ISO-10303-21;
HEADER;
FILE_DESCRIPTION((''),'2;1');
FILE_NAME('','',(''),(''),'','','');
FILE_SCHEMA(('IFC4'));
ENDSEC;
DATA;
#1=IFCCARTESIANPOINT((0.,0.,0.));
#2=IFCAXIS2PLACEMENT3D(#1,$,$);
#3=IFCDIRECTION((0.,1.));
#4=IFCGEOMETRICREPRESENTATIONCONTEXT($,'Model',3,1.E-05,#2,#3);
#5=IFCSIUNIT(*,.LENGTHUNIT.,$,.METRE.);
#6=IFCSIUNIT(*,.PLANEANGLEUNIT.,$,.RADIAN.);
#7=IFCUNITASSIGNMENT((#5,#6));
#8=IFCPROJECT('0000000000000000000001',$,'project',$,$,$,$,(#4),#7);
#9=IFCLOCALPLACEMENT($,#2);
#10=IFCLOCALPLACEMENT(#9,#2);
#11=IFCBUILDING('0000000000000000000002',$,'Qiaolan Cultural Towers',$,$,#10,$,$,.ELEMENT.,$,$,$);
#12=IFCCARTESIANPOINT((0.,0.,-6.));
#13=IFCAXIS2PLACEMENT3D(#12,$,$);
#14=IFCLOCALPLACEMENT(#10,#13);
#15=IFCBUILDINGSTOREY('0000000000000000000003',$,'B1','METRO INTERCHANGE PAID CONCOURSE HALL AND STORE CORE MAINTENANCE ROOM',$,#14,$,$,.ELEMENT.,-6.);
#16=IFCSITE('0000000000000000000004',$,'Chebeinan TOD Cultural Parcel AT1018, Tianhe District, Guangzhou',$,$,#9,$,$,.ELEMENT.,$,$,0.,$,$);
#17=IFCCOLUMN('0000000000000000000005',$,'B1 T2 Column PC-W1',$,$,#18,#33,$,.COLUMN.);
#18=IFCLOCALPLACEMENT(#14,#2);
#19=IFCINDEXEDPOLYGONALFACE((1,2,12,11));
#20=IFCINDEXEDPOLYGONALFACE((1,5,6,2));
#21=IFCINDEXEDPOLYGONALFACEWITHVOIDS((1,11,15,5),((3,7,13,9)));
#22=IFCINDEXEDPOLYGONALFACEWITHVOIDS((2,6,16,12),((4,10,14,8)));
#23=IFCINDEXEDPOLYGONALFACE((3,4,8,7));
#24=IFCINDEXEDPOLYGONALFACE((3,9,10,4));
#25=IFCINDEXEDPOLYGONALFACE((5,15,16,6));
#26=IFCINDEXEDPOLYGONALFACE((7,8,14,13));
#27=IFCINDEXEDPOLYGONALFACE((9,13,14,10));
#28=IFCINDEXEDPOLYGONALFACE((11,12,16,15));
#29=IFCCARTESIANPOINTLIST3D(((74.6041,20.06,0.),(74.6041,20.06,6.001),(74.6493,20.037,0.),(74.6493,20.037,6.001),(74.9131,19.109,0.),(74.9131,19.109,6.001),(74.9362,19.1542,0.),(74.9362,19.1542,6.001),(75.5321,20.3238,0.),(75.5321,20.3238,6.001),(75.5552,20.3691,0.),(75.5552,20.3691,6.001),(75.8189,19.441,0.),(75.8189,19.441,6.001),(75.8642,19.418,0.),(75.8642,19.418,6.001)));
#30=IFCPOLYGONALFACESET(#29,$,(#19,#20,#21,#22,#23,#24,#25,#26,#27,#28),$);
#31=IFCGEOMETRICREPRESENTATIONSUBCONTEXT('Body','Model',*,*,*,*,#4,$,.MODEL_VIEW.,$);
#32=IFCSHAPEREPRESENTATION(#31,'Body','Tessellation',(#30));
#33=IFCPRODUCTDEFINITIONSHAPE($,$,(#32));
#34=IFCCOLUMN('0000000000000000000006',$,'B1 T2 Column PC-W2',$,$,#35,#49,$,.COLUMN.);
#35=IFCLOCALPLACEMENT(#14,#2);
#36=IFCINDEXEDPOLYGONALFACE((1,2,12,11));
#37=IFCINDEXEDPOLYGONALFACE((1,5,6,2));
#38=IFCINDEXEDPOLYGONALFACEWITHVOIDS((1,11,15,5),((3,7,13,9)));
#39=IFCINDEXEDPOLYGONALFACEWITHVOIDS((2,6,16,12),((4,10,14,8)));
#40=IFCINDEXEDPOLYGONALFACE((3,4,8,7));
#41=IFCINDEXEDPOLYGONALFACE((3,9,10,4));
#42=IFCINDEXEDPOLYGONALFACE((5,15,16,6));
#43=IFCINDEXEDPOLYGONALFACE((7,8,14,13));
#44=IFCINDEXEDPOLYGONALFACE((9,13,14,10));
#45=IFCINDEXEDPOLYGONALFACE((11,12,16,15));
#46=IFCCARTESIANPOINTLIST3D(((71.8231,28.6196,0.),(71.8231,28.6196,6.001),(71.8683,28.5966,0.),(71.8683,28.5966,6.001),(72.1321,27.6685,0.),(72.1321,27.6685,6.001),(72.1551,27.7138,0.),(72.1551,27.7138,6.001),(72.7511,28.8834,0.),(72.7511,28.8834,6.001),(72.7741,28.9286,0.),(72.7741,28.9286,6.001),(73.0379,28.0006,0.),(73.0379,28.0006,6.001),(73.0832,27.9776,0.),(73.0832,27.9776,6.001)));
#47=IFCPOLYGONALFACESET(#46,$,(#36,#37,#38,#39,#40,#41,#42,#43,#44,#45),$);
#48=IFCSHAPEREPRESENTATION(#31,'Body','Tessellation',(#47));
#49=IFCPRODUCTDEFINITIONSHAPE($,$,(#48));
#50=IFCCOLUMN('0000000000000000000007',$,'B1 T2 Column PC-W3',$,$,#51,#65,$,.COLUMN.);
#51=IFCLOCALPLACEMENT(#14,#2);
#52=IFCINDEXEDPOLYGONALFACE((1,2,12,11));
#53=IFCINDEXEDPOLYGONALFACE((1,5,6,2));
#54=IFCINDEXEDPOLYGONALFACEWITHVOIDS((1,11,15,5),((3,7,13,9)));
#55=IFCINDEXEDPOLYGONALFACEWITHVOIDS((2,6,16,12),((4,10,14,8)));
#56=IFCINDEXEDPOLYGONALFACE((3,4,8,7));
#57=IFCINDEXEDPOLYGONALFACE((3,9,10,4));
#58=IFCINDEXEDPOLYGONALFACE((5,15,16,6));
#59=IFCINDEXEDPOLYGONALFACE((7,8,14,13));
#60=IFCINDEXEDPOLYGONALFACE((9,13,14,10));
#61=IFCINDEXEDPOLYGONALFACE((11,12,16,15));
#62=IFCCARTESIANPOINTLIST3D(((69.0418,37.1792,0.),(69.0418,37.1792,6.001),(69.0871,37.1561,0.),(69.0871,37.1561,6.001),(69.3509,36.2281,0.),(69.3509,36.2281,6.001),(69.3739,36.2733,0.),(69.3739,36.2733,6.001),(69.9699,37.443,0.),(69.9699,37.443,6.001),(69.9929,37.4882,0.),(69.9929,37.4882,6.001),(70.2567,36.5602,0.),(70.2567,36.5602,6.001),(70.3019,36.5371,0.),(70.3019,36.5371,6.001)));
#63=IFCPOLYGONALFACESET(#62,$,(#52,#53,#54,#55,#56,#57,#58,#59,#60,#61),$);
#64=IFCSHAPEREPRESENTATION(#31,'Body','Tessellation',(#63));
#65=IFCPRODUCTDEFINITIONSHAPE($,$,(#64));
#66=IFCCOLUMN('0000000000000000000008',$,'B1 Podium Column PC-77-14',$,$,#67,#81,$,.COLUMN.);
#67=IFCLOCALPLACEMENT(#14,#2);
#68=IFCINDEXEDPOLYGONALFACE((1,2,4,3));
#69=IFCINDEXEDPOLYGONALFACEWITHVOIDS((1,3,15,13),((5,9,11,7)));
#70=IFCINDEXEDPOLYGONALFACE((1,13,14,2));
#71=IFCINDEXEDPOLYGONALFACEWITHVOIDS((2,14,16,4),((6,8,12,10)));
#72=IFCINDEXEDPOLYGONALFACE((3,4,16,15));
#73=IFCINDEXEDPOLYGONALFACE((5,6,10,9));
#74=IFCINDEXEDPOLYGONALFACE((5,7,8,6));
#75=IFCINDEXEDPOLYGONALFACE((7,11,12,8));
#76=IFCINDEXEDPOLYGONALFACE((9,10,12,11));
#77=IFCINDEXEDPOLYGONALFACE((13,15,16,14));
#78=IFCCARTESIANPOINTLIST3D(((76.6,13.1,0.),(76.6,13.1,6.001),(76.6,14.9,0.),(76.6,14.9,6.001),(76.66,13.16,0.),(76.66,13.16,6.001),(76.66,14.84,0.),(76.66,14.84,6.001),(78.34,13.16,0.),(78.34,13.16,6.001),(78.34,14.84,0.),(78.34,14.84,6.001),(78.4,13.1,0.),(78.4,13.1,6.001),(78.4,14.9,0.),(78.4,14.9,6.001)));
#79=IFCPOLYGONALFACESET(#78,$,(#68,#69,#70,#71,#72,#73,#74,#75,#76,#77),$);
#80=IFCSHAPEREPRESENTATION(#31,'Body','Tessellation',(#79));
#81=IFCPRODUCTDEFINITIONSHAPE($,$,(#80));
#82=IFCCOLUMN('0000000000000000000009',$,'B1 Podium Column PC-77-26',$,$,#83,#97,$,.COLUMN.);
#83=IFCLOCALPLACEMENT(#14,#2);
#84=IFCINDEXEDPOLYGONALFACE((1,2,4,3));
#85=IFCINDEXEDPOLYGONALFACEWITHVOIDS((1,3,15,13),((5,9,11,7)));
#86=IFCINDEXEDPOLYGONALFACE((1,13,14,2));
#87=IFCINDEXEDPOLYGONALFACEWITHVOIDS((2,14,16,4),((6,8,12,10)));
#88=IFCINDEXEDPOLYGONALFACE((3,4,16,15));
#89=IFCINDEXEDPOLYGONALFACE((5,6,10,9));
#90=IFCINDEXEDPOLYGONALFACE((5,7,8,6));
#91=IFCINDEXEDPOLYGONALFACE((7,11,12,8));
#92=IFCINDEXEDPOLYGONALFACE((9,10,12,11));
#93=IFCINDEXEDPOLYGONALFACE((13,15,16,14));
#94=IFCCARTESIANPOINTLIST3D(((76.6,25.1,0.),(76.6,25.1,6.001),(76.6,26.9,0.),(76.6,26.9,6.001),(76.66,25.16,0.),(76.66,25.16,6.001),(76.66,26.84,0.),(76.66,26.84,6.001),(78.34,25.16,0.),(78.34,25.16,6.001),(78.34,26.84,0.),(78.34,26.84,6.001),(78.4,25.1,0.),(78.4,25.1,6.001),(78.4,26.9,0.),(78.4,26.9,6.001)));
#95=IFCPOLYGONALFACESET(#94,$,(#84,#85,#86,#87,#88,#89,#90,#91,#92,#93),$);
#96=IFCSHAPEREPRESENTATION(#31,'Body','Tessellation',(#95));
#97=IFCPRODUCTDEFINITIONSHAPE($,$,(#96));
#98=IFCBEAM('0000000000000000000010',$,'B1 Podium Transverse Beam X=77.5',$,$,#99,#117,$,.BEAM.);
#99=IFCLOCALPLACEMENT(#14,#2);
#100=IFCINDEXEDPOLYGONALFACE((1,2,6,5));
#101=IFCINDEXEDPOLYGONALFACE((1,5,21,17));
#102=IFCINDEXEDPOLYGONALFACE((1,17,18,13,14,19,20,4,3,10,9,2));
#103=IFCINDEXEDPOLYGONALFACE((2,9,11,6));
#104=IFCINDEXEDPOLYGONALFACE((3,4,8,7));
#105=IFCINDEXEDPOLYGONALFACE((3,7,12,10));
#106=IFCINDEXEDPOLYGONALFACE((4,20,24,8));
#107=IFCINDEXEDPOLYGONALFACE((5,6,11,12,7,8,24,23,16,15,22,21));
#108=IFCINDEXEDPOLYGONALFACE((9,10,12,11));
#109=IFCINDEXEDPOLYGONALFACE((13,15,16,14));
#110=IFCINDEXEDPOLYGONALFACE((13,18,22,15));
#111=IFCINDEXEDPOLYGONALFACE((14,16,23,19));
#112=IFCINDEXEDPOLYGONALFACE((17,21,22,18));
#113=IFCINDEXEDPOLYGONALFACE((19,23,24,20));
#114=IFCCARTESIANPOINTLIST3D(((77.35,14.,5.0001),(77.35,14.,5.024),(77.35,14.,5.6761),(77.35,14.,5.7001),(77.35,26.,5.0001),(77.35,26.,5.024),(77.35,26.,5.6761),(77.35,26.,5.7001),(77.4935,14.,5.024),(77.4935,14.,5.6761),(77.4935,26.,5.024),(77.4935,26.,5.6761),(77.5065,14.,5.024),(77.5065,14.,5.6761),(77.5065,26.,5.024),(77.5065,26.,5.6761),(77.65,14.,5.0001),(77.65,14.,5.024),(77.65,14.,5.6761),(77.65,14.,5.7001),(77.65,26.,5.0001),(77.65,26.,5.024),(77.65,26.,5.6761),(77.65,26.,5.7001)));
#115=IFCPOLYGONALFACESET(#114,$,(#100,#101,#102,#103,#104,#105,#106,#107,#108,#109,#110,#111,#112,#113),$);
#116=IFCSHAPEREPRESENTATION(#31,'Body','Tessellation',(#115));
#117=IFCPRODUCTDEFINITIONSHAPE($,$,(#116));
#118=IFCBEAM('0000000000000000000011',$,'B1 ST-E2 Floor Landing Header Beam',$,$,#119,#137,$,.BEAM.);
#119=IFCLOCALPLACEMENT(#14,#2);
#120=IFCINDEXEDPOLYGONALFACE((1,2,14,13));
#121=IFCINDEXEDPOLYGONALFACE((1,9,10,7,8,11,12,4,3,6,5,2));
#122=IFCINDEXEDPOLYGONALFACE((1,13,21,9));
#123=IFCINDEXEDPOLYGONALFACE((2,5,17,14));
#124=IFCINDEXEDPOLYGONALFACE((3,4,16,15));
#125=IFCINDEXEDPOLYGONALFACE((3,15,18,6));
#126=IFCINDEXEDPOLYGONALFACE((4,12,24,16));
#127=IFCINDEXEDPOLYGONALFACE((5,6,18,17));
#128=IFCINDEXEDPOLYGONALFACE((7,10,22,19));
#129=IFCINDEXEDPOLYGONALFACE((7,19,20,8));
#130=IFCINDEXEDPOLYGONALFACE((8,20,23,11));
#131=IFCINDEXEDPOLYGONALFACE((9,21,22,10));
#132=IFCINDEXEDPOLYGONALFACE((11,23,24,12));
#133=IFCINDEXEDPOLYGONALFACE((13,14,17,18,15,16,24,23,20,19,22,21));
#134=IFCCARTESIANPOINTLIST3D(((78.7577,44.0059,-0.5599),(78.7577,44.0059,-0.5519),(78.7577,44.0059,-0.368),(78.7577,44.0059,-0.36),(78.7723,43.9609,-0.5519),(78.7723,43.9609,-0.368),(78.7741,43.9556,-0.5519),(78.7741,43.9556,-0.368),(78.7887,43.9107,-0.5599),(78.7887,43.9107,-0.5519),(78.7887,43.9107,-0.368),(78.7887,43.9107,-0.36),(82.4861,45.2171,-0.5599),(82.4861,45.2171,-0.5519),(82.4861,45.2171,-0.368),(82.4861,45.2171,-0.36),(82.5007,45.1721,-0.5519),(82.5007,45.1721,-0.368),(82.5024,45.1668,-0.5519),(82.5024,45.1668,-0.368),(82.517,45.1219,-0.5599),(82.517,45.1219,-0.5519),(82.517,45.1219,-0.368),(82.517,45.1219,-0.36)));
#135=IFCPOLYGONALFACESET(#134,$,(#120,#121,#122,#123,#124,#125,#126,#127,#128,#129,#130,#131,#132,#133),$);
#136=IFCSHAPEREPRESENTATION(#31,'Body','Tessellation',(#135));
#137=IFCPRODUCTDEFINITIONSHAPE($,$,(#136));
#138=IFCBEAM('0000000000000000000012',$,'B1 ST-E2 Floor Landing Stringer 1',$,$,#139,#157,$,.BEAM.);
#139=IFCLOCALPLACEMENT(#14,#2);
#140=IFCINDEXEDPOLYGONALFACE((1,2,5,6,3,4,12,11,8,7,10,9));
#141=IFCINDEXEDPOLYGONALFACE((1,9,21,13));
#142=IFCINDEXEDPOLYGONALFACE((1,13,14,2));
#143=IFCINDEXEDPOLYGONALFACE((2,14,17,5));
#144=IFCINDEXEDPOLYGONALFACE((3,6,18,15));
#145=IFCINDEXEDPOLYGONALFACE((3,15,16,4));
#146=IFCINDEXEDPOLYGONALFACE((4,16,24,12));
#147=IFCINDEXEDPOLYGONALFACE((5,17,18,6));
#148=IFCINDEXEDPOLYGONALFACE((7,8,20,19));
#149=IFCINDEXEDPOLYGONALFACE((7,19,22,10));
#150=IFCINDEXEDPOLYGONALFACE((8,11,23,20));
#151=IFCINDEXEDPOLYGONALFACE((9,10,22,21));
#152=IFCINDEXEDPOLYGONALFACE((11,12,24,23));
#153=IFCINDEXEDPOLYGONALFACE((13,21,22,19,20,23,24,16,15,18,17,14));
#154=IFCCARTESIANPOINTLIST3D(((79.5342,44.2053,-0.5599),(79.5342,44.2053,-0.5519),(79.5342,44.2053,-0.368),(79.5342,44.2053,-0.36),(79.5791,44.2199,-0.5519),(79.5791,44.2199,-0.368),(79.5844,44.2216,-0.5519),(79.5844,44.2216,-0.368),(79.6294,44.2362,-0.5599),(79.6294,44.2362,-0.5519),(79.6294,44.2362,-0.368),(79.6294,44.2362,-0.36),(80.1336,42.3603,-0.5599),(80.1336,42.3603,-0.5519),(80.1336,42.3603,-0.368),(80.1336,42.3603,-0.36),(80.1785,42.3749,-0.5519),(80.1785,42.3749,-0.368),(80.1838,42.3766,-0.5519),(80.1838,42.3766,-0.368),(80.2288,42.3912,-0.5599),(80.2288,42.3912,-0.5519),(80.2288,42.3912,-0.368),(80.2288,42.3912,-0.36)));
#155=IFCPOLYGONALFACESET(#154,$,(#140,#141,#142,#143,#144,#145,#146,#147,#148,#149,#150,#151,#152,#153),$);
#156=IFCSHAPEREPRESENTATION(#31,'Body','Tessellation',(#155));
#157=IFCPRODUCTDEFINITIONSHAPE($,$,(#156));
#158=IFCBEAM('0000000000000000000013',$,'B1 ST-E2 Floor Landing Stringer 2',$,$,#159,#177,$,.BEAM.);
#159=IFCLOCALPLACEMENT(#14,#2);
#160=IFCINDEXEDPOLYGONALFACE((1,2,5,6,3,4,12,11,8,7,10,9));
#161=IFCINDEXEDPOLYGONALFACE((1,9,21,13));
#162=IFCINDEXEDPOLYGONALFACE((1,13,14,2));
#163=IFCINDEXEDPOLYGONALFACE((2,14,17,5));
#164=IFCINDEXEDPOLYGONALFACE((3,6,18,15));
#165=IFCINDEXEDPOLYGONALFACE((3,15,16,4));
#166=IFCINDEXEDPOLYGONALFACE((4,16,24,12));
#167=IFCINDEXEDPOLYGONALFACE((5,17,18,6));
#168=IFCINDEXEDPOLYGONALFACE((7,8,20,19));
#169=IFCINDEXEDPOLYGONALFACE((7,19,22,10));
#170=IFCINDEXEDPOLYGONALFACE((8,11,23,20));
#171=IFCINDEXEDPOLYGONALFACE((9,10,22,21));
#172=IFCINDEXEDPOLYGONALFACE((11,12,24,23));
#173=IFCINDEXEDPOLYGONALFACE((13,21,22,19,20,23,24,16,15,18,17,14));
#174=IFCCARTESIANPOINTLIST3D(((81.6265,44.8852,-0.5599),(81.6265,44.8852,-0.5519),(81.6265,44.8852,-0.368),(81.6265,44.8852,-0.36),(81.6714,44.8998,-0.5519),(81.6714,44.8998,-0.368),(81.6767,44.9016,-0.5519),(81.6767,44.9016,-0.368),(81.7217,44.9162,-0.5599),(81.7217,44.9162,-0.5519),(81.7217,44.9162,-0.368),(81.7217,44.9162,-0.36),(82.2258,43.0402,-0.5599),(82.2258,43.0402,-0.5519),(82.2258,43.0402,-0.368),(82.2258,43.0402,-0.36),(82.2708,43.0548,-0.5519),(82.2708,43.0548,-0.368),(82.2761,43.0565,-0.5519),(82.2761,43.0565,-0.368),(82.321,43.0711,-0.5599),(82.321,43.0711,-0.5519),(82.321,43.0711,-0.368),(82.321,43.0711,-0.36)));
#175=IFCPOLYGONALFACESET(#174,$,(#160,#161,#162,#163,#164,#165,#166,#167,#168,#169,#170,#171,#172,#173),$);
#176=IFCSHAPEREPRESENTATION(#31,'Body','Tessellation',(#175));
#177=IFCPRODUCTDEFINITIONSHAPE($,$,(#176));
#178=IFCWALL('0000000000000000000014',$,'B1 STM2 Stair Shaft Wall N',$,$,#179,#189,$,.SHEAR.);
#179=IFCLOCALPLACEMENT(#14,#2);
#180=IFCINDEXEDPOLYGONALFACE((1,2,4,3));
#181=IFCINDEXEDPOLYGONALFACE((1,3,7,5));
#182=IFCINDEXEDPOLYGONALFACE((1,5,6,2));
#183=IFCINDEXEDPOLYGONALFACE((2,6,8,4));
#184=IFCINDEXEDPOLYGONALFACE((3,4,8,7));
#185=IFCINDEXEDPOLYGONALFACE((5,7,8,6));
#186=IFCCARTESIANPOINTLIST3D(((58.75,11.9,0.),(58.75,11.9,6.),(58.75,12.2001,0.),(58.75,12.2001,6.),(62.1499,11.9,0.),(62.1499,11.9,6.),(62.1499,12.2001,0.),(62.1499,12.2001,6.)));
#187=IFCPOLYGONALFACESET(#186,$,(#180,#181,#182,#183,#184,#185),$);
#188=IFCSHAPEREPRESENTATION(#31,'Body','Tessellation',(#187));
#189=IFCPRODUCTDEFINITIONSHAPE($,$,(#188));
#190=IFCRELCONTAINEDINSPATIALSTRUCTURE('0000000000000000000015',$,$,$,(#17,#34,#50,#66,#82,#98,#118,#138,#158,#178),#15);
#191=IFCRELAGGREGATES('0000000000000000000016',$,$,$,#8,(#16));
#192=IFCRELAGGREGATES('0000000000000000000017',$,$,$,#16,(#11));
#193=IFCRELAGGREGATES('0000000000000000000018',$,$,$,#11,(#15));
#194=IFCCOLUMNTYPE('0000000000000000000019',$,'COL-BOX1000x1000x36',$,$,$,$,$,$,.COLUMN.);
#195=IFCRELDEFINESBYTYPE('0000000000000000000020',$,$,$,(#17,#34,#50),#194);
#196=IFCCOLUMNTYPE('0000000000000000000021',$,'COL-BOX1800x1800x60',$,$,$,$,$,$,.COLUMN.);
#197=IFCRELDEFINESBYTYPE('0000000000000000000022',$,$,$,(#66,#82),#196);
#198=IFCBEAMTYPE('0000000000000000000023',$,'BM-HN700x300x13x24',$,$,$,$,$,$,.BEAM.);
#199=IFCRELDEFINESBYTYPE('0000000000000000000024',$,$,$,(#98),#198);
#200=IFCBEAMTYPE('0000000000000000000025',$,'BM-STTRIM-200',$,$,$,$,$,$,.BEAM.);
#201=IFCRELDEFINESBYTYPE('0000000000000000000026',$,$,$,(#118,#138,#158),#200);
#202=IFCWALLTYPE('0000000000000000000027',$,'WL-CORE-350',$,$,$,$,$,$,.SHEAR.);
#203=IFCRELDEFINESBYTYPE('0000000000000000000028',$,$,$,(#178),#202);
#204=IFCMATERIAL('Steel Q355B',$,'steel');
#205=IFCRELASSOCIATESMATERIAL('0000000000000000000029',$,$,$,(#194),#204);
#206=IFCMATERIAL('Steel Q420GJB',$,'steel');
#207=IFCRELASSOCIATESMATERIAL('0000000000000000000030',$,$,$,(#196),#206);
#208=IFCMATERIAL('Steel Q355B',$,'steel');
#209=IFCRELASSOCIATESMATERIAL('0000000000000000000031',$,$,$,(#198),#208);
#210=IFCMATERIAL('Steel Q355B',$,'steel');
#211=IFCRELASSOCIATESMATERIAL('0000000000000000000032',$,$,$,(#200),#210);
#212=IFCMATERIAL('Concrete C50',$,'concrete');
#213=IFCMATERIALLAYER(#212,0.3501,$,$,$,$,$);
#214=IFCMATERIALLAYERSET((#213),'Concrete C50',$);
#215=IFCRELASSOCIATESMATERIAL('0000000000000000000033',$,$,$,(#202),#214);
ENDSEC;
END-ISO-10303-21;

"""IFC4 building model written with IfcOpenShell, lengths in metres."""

from ifc_helpers import new_model, si_unit, direction, frame, frame_2d, origin, origin_2d, place, context, subcontext, project, spatial, rectangle, hollow_rectangle, i_section, extrude, material, layer, layer_set, material_profile, profile_set, type_object, element, save


model = new_model("IFC4")

# Units and contexts
model_context = context("Model", 3, precision=1e-05, world=origin(), true_north=direction((0.0, 1.0)))
body_context = subcontext(model_context, "Body", "Model", "MODEL_VIEW")
ifc_project = project(units=[si_unit("LENGTHUNIT", "METRE"), si_unit("PLANEANGLEUNIT", "RADIAN")], contexts=[model_context])

# Site, building, storey
site_placement = place(None, origin())
site = spatial("IfcSite", under=ifc_project, at=site_placement, Name="Chebeinan TOD Cultural Parcel AT1018, Tianhe District, Guangzhou", CompositionType="ELEMENT", RefElevation=0.0)
building_placement = place(site_placement, origin())
building = spatial("IfcBuilding", under=site, at=building_placement, Name="Qiaolan Cultural Towers", CompositionType="ELEMENT")
storey_placement = place(building_placement, frame((0.0, 0.0, -6.0)))
storey = spatial("IfcBuildingStorey", under=building, at=storey_placement, Name="B1", Description="METRO INTERCHANGE PAID CONCOURSE HALL AND STORE CORE MAINTENANCE ROOM", CompositionType="ELEMENT", Elevation=-6.0)

# Columns
ifc_material_1 = material(Name="Steel Q355B", Category="steel")
ifc_material_profile_1 = material_profile(ifc_material_1, hollow_rectangle(XDim=1.0, YDim=1.0, WallThickness=0.0359, at=origin_2d()), Name="BOX1000x1000x36")
ifc_profile_set_1 = profile_set([ifc_material_profile_1], Name="Steel Q355B")
column_type_1 = type_object("IfcColumnType", Name="COL-BOX1000x1000x36", PredefinedType="COLUMN", material=ifc_profile_set_1)
for number, where, z_axis, x_axis, name in (
    (1, (75.2341, 19.739, 0.0), (0.0, 0.0, 1.0), (0.951057, 0.309017, 0.0), "B1 T2 Column PC-W1"),
    (2, (72.4531, 28.2986, 0.0), (0.0, 0.0, 1.0), (0.951057, 0.309017, 0.0), "B1 T2 Column PC-W2"),
    (3, (69.6719, 36.8582, 0.0), (0.0, 0.0, 1.0), (0.951057, 0.309017, 0.0), "B1 T2 Column PC-W3"),
):
    element("IfcColumn", number, at=place(storey_placement, frame(where, z_axis=z_axis, x_axis=x_axis)), inside=storey, type_object=column_type_1, Name=name, PredefinedType="COLUMN", context=body_context, shape_type="SweptSolid", body=[
        extrude(hollow_rectangle(XDim=1.0, YDim=1.0, WallThickness=0.0359, at=origin_2d()), origin(), (0.0, 0.0, 1.0), 6.001),
    ])
ifc_material_2 = material(Name="Steel Q420GJB", Category="steel")
ifc_material_profile_2 = material_profile(ifc_material_2, hollow_rectangle(XDim=1.8, YDim=1.8, WallThickness=0.0601, at=origin_2d()), Name="BOX1800x1800x60")
ifc_profile_set_2 = profile_set([ifc_material_profile_2], Name="Steel Q420GJB")
column_type_2 = type_object("IfcColumnType", Name="COL-BOX1800x1800x60", PredefinedType="COLUMN", material=ifc_profile_set_2)
for number, where, z_axis, x_axis, name in (
    (4, (77.5, 14.0, 0.0), (0.0, 0.0, 1.0), (1.0, 0.0, 0.0), "B1 Podium Column PC-77-14"),
    (5, (77.5, 26.0, 0.0), (0.0, 0.0, 1.0), (1.0, 0.0, 0.0), "B1 Podium Column PC-77-26"),
):
    element("IfcColumn", number, at=place(storey_placement, frame(where, z_axis=z_axis, x_axis=x_axis)), inside=storey, type_object=column_type_2, Name=name, PredefinedType="COLUMN", context=body_context, shape_type="SweptSolid", body=[
        extrude(hollow_rectangle(XDim=1.8, YDim=1.8, WallThickness=0.0601, at=origin_2d()), origin(), (0.0, 0.0, 1.0), 6.001),
    ])

# Beams
ifc_material_3 = material(Name="Steel Q355B", Category="steel")
ifc_material_profile_3 = material_profile(ifc_material_3, i_section(OverallWidth=0.3, OverallDepth=0.7, WebThickness=0.0129, FlangeThickness=0.0239, at=origin_2d()), Name="HN700x300x13x24")
ifc_profile_set_3 = profile_set([ifc_material_profile_3], Name="Steel Q355B")
beam_type_1 = type_object("IfcBeamType", Name="BM-HN700x300x13x24", PredefinedType="BEAM", material=ifc_profile_set_3)
beam_1_placement = place(storey_placement, frame((77.5, 14.0, 5.3501), z_axis=(0.0, 1.0, 0.0), x_axis=(-1.0, 0.0, 0.0)))
element("IfcBeam", 6, at=beam_1_placement, inside=storey, type_object=beam_type_1, Name="B1 Podium Transverse Beam X=77.5", PredefinedType="BEAM", context=body_context, shape_type="SweptSolid", body=[
    extrude(i_section(OverallWidth=0.3, OverallDepth=0.7, WebThickness=0.0129, FlangeThickness=0.0239, at=origin_2d()), origin(), (0.0, 0.0, 1.0), 12.0),
])
ifc_material_4 = material(Name="Steel Q355B", Category="steel")
ifc_material_profile_4 = material_profile(ifc_material_4, i_section(OverallWidth=0.1001, OverallDepth=0.2, WebThickness=0.0056, FlangeThickness=0.0081, at=origin_2d()), Name="HN200x100x5.5x8")
ifc_profile_set_4 = profile_set([ifc_material_profile_4], Name="Steel Q355B")
beam_type_2 = type_object("IfcBeamType", Name="BM-STTRIM-200", PredefinedType="BEAM", material=ifc_profile_set_4)
beam_2_placement = place(storey_placement, frame((78.7732, 43.9583, -0.46), z_axis=(0.951072, 0.308969, 0.0), x_axis=(-0.308969, 0.951072, 0.0)))
element("IfcBeam", 7, at=beam_2_placement, inside=storey, type_object=beam_type_2, Name="B1 ST-E2 Floor Landing Header Beam", PredefinedType="BEAM", context=body_context, shape_type="SweptSolid", body=[
    extrude(i_section(OverallWidth=0.1001, OverallDepth=0.2, WebThickness=0.0056, FlangeThickness=0.0081, at=origin_2d()), origin(), (0.0, 0.0, 1.0), 3.9202),
])
for number, where, z_axis, x_axis, name in (
    (8, (80.1812, 42.3757, -0.46), (-0.308969, 0.951072, 0.0), (-0.951072, -0.308969, 0.0), "B1 ST-E2 Floor Landing Stringer 1"),
    (9, (82.2734, 43.0557, -0.46), (-0.308969, 0.951072, 0.0), (-0.951072, -0.308969, 0.0), "B1 ST-E2 Floor Landing Stringer 2"),
):
    element("IfcBeam", number, at=place(storey_placement, frame(where, z_axis=z_axis, x_axis=x_axis)), inside=storey, type_object=beam_type_2, Name=name, PredefinedType="BEAM", context=body_context, shape_type="SweptSolid", body=[
        extrude(i_section(OverallWidth=0.1001, OverallDepth=0.2, WebThickness=0.0056, FlangeThickness=0.0081, at=origin_2d()), origin(), (0.0, 0.0, 1.0), 1.9399),
    ])

# Wall
ifc_material_5 = material(Name="Concrete C50", Category="concrete")
ifc_layer_1 = layer(ifc_material_5, 0.3501)
ifc_layer_set_1 = layer_set([ifc_layer_1], Name="Concrete C50")
wall_type_1 = type_object("IfcWallType", Name="WL-CORE-350", PredefinedType="SHEAR", material=ifc_layer_set_1)
wall_1_placement = place(storey_placement, frame((58.75, 12.05, 0.0), z_axis=(0.0, 0.0, 1.0), x_axis=(1.0, 0.0, 0.0)))
element("IfcWall", 10, at=wall_1_placement, inside=storey, type_object=wall_type_1, Name="B1 STM2 Stair Shaft Wall N", PredefinedType="SHEAR", context=body_context, shape_type="SweptSolid", body=[
    extrude(rectangle(XDim=3.3999, YDim=0.3, at=frame_2d((1.7, 0.0))), origin(), (0.0, 0.0, 1.0), 6.0),
])

save(model, "model.ifc")
